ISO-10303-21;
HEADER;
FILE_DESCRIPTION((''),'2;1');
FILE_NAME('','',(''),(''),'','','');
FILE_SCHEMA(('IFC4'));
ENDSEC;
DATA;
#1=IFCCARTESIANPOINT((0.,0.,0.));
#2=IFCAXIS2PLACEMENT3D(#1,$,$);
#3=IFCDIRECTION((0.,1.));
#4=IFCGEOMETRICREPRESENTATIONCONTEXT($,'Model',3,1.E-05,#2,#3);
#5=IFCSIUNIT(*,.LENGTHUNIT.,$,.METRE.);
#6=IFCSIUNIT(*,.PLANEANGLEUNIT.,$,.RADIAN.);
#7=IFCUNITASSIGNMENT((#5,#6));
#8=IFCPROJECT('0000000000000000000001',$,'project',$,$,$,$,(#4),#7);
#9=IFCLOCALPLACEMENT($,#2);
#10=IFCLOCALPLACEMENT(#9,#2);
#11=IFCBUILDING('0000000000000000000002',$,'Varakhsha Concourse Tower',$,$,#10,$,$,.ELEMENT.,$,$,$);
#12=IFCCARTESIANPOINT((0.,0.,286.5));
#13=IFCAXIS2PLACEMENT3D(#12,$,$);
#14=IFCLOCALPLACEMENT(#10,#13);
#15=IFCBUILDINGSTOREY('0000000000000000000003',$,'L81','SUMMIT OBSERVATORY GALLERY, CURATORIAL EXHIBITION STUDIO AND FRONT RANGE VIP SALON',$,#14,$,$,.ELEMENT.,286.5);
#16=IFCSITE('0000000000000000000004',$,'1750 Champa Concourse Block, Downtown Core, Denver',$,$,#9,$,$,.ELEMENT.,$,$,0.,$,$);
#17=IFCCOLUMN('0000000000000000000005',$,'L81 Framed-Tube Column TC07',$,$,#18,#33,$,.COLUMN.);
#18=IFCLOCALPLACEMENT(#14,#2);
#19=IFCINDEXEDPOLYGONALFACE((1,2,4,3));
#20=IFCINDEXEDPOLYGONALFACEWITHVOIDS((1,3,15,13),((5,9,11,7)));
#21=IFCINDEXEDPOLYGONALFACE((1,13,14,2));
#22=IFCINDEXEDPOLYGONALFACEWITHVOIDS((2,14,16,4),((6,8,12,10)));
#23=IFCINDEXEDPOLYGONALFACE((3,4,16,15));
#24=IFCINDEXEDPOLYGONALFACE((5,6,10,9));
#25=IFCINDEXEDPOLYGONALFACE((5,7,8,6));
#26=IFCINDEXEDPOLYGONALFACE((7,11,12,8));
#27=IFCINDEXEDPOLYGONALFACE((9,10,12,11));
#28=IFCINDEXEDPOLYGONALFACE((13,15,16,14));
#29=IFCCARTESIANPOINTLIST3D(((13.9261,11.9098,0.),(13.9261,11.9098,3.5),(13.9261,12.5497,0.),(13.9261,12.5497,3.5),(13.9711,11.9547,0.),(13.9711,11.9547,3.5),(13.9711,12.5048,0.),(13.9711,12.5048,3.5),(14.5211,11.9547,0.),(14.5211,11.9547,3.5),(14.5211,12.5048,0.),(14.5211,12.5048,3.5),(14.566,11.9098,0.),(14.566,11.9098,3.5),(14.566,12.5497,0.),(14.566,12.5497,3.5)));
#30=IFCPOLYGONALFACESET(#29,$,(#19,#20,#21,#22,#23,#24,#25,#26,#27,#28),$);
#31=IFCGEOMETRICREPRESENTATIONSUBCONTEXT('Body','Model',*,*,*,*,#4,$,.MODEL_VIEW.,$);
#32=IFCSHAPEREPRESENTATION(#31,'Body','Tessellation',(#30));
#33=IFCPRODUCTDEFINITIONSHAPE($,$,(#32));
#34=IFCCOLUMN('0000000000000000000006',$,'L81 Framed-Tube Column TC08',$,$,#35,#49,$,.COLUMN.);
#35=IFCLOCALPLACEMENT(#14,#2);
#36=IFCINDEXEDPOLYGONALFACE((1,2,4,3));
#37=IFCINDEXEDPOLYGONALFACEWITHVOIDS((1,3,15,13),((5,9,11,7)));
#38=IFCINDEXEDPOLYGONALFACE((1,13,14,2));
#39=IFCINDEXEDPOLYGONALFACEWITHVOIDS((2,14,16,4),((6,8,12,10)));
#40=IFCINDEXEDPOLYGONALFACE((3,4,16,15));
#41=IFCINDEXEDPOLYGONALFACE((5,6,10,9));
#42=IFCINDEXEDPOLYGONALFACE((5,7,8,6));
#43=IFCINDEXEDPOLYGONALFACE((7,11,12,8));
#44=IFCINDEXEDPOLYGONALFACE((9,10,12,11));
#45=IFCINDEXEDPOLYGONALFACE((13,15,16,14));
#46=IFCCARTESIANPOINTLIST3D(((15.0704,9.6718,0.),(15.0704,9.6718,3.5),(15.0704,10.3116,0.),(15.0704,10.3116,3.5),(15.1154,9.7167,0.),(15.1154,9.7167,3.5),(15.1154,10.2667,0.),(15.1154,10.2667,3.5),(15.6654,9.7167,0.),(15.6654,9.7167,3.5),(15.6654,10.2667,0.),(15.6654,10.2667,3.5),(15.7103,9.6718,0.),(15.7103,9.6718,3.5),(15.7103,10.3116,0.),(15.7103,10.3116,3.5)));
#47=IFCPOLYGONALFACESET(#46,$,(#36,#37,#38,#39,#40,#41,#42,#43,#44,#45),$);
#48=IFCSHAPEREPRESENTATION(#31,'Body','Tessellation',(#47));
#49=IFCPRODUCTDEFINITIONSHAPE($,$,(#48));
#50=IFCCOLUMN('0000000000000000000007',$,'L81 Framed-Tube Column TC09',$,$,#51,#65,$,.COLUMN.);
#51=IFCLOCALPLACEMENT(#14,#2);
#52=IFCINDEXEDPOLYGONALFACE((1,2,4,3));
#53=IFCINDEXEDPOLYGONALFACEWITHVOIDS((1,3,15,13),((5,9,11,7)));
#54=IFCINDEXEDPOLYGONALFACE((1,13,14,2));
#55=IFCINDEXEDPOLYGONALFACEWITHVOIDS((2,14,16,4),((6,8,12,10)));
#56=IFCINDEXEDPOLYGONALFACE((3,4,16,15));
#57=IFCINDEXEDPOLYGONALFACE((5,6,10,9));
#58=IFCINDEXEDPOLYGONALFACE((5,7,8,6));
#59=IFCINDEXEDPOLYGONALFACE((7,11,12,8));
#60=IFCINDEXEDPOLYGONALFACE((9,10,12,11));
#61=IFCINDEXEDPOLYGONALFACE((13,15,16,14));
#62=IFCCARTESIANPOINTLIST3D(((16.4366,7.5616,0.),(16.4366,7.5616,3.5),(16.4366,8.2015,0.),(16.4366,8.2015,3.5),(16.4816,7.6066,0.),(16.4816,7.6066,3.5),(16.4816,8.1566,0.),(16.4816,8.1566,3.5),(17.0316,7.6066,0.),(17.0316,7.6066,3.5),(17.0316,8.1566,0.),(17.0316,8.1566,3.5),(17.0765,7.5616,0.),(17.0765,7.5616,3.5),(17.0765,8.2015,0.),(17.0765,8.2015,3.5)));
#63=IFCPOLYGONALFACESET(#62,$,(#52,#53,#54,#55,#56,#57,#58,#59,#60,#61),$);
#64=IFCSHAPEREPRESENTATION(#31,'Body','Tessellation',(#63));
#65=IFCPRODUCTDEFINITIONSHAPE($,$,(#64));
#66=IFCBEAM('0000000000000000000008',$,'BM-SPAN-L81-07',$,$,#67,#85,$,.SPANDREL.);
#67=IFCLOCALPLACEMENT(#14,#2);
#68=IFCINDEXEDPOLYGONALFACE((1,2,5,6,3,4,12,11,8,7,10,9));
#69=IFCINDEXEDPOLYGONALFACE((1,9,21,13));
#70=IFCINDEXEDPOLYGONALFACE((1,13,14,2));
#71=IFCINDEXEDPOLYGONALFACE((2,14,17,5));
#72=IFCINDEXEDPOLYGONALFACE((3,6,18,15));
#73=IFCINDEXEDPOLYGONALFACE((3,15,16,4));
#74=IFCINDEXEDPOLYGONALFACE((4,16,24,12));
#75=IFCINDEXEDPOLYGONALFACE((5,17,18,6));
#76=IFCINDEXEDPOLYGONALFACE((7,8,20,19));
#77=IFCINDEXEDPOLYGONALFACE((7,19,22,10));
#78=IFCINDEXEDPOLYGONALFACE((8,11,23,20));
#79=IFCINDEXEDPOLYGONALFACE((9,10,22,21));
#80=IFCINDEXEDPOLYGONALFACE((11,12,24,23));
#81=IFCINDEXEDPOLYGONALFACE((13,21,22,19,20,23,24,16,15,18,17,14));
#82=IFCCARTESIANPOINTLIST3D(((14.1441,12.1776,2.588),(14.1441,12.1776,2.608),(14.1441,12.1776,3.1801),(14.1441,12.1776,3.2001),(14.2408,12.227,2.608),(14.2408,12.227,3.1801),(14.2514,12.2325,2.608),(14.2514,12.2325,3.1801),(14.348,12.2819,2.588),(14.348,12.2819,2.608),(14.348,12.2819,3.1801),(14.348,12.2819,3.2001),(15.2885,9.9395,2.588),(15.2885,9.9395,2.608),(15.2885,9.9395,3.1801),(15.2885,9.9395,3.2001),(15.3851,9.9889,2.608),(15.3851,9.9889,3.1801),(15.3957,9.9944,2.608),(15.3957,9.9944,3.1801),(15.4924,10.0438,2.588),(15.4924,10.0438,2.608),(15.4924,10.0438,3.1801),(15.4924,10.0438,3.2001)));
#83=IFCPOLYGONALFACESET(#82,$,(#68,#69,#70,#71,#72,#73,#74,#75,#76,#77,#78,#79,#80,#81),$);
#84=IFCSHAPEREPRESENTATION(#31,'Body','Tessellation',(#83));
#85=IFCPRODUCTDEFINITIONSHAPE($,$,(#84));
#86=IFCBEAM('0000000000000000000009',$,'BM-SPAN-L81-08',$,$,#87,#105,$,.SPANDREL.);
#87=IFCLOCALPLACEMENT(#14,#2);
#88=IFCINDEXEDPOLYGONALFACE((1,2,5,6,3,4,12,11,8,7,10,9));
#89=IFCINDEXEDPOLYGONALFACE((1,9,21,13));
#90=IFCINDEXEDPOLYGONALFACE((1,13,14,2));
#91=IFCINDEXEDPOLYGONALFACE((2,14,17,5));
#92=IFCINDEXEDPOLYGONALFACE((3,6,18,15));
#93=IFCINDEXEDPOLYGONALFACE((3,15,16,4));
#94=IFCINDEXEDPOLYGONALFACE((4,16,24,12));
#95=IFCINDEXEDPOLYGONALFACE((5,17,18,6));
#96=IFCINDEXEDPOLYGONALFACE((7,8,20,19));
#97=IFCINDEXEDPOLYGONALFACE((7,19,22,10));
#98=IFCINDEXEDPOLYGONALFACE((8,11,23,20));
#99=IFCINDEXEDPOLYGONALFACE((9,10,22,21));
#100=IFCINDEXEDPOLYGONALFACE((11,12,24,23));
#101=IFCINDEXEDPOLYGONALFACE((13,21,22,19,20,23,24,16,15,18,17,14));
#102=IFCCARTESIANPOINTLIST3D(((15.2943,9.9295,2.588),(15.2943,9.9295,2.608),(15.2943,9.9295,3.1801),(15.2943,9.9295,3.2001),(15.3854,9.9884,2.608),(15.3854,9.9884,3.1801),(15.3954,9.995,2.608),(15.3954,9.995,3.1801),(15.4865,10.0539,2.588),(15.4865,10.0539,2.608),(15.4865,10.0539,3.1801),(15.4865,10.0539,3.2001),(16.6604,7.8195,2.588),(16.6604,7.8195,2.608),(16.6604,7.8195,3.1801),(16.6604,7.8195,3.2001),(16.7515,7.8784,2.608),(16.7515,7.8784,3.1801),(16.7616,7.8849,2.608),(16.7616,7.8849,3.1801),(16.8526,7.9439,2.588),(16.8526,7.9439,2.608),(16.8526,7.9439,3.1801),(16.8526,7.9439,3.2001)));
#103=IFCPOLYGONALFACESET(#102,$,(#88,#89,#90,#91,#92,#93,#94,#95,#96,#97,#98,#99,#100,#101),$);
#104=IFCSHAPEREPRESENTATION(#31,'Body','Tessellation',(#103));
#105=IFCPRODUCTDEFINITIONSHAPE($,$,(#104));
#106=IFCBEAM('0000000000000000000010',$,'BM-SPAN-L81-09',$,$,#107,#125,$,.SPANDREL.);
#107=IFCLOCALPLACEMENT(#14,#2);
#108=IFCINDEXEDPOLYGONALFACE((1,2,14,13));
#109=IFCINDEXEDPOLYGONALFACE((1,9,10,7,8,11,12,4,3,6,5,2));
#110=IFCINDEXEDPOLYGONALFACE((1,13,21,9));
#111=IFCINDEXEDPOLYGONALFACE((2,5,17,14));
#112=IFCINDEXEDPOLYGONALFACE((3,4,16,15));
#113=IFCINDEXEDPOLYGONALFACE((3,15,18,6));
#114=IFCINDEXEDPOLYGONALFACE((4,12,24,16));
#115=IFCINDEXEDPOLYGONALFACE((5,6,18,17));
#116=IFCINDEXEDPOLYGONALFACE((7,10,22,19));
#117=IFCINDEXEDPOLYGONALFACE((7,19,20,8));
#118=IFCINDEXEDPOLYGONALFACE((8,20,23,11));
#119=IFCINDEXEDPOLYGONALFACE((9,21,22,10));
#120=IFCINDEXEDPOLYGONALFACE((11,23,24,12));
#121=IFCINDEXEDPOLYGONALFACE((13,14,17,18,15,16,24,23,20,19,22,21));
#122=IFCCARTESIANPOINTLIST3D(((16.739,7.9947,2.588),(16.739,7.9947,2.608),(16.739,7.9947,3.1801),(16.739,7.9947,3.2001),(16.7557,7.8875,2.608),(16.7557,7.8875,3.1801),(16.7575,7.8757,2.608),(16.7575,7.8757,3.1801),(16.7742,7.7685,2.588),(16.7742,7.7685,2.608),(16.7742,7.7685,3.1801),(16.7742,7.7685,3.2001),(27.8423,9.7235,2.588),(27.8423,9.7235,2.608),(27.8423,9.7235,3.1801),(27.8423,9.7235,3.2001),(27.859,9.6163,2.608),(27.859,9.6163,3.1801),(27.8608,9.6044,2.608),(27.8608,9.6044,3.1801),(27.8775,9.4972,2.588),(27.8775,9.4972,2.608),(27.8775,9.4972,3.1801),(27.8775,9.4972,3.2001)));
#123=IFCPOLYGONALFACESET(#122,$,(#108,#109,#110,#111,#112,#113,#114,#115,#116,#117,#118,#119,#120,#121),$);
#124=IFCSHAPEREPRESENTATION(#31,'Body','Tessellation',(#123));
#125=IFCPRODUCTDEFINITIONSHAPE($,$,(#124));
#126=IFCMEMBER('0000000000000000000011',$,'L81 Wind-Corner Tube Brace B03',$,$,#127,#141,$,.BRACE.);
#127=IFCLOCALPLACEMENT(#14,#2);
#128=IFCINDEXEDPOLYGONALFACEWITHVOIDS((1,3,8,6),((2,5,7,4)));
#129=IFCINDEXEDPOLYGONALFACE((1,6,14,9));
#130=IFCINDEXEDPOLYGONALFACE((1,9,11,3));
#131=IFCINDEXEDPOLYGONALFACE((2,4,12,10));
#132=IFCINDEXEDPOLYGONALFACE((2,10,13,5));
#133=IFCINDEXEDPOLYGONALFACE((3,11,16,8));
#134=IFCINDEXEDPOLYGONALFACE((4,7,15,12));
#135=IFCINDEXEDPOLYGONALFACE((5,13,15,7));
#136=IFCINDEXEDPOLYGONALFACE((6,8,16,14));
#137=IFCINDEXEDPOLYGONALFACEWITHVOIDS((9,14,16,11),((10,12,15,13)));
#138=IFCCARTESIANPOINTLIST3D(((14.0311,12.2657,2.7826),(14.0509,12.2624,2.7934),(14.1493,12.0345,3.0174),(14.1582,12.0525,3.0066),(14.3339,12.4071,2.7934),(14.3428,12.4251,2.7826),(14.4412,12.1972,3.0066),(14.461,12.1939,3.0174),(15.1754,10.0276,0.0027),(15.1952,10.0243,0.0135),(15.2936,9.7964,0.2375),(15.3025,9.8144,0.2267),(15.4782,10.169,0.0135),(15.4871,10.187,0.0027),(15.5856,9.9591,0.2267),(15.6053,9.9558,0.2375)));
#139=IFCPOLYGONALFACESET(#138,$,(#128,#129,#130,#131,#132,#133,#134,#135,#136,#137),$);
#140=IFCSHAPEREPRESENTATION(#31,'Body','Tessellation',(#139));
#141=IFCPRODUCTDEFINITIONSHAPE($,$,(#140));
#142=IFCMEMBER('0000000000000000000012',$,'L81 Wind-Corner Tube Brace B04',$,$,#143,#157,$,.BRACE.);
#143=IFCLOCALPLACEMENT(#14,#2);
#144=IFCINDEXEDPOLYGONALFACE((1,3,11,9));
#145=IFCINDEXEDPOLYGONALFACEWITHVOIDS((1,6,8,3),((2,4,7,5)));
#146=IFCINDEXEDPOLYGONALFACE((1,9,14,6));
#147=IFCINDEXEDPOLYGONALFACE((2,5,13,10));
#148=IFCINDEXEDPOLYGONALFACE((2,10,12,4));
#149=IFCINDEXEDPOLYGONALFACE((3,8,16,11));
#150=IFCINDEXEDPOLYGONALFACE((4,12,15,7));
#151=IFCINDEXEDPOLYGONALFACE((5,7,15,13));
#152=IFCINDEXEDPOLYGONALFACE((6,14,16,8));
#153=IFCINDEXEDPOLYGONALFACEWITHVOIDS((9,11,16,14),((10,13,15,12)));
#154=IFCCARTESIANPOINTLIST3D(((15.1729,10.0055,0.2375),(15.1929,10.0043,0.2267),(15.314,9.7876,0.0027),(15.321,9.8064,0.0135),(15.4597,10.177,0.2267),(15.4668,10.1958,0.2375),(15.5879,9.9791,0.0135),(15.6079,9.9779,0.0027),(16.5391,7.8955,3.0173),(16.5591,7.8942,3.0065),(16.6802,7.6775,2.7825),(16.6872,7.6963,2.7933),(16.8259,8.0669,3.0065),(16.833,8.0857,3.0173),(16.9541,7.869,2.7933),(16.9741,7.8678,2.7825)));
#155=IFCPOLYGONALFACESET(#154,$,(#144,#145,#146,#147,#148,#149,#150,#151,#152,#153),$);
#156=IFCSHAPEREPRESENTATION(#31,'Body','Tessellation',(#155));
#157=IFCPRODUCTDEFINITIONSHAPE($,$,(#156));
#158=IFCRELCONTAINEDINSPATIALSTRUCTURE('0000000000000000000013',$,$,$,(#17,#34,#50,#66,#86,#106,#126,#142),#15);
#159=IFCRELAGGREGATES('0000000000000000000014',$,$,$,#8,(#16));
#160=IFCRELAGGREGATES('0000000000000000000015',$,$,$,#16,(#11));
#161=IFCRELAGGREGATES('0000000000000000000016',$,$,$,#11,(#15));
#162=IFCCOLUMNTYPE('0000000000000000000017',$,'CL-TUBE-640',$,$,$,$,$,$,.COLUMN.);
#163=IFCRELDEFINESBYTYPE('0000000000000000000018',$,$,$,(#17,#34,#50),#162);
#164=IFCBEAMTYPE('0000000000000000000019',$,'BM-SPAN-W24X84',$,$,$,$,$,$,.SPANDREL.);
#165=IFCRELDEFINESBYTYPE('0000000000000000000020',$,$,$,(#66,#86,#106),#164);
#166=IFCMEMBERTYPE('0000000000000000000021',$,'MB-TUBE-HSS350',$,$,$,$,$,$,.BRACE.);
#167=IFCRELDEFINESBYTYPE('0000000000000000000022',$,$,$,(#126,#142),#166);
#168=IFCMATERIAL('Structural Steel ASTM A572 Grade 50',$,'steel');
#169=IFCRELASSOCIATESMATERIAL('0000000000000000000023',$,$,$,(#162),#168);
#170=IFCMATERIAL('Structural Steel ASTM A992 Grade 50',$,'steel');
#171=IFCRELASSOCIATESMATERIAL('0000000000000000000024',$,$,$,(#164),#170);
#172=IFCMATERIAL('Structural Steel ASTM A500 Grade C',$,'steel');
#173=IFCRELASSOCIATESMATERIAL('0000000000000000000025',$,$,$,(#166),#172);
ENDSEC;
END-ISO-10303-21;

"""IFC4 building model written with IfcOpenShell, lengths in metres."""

from ifc_helpers import new_model, si_unit, direction, frame, origin, origin_2d, place, context, subcontext, project, spatial, hollow_rectangle, i_section, extrude, source, transform, mapped, material, material_profile, profile_set, type_object, type_shapes, element, save


model = new_model("IFC4")

# Units and contexts
model_context = context("Model", 3, precision=1e-05, world=origin(), true_north=direction((0.0, 1.0)))
body_context = subcontext(model_context, "Body", "Model", "MODEL_VIEW")
ifc_project = project(units=[si_unit("LENGTHUNIT", "METRE"), si_unit("PLANEANGLEUNIT", "RADIAN")], contexts=[model_context])

# Site, building, storey
site_placement = place(None, origin())
site = spatial("IfcSite", under=ifc_project, at=site_placement, Name="1750 Champa Concourse Block, Downtown Core, Denver", CompositionType="ELEMENT", RefElevation=0.0)
building_placement = place(site_placement, origin())
building = spatial("IfcBuilding", under=site, at=building_placement, Name="Varakhsha Concourse Tower", CompositionType="ELEMENT")
storey_placement = place(building_placement, frame((0.0, 0.0, 286.5)))
storey = spatial("IfcBuildingStorey", under=building, at=storey_placement, Name="L81", Description="SUMMIT OBSERVATORY GALLERY, CURATORIAL EXHIBITION STUDIO AND FRONT RANGE VIP SALON", CompositionType="ELEMENT", Elevation=286.5)

# Columns
ifc_material_1 = material(Name="Structural Steel ASTM A572 Grade 50", Category="steel")
ifc_material_profile_1 = material_profile(ifc_material_1, hollow_rectangle(XDim=0.6399, YDim=0.6399, WallThickness=0.0449, at=origin_2d()), Name="BOX 640x640x45")
ifc_profile_set_1 = profile_set([ifc_material_profile_1], Name="Structural Steel ASTM A572 Grade 50")
column_type = type_object("IfcColumnType", Name="CL-TUBE-640", PredefinedType="COLUMN", material=ifc_profile_set_1)
for number, where, z_axis, x_axis, name in (
    (1, (14.2461, 12.2297, 0.0), (0.0, 0.0, 1.0), (1.0, 0.0, 0.0), "L81 Framed-Tube Column TC07"),
    (2, (15.3904, 9.9917, 0.0), (0.0, 0.0, 1.0), (1.0, 0.0, 0.0), "L81 Framed-Tube Column TC08"),
    (3, (16.7566, 7.8816, 0.0), (0.0, 0.0, 1.0), (1.0, 0.0, 0.0), "L81 Framed-Tube Column TC09"),
):
    element("IfcColumn", number, at=place(storey_placement, frame(where, z_axis=z_axis, x_axis=x_axis)), inside=storey, type_object=column_type, Name=name, PredefinedType="COLUMN", context=body_context, shape_type="SweptSolid", body=[
        extrude(hollow_rectangle(XDim=0.6399, YDim=0.6399, WallThickness=0.0449, at=origin_2d()), origin(), (0.0, 0.0, 1.0), 3.5),
    ])

# Beams
ifc_material_2 = material(Name="Structural Steel ASTM A992 Grade 50", Category="steel")
ifc_material_profile_2 = material_profile(ifc_material_2, i_section(OverallWidth=0.229, OverallDepth=0.6121, WebThickness=0.012, FlangeThickness=0.02, at=origin_2d()), Name="W24X84")
ifc_profile_set_2 = profile_set([ifc_material_profile_2], Name="Structural Steel ASTM A992 Grade 50")
beam_type = type_object("IfcBeamType", Name="BM-SPAN-W24X84", PredefinedType="SPANDREL", material=ifc_profile_set_2)
for number, where, z_axis, x_axis, name in (
    (4, (14.2461, 12.2297, 2.894), (0.455238, -0.89037, 0.0), (0.89037, 0.455238, 0.0), "BM-SPAN-L81-07"),
    (5, (15.3904, 9.9917, 2.894), (0.543489, -0.839416, 0.0), (0.839416, 0.543489, 0.0), "BM-SPAN-L81-08"),
):
    element("IfcBeam", number, at=place(storey_placement, frame(where, z_axis=z_axis, x_axis=x_axis)), inside=storey, type_object=beam_type, Name=name, PredefinedType="SPANDREL", context=body_context, shape_type="SweptSolid", body=[
        extrude(i_section(OverallWidth=0.229, OverallDepth=0.6121, WebThickness=0.012, FlangeThickness=0.02, at=origin_2d()), origin(), (0.0, 0.0, 1.0), 2.5137),
    ])
beam_placement = place(storey_placement, frame((16.7566, 7.8816, 2.894), z_axis=(0.988095, 0.153845, 0.0), x_axis=(-0.153845, 0.988095, 0.0)))
element("IfcBeam", 6, at=beam_placement, inside=storey, type_object=beam_type, Name="BM-SPAN-L81-09", PredefinedType="SPANDREL", context=body_context, shape_type="SweptSolid", body=[
    extrude(i_section(OverallWidth=0.229, OverallDepth=0.6121, WebThickness=0.012, FlangeThickness=0.02, at=origin_2d()), origin(), (0.0, 0.0, 1.0), 11.2371),
])

# Members
ifc_material_3 = material(Name="Structural Steel ASTM A500 Grade C", Category="steel")
ifc_material_profile_3 = material_profile(ifc_material_3, hollow_rectangle(XDim=0.3501, YDim=0.3501, WallThickness=0.0161, at=origin_2d()), Name="HSS 350x350x16")
ifc_profile_set_3 = profile_set([ifc_material_profile_3], Name="Structural Steel ASTM A500 Grade C")
member_type_1 = type_object("IfcMemberType", Name="MB-TUBE-HSS350", PredefinedType="BRACE", material=ifc_profile_set_3)
shared_shape_1 = source(origin(), body_context, "Body", "SweptSolid", [
    extrude(hollow_rectangle(XDim=0.3501, YDim=0.3501, WallThickness=0.0161, at=origin_2d()), origin(), (0.0, 0.0, 1.0), 3.7478),
])
type_shapes(member_type_1, [shared_shape_1])
for number, where, z_axis, x_axis, name in (
    (7, (15.3904, 9.9917, 0.1201), (-0.305329, 0.597173, 0.741727), (-0.89037, -0.455238, 0.0), "L81 Wind-Corner Tube Brace B03"),
    (8, (15.3904, 9.9917, 0.1201), (0.364533, -0.56302, 0.741704), (0.839416, 0.543489, 0.0), "L81 Wind-Corner Tube Brace B04"),
):
    element("IfcMember", number, at=place(storey_placement, frame(where, z_axis=z_axis, x_axis=x_axis)), inside=storey, type_object=member_type_1, Name=name, PredefinedType="BRACE", context=body_context, shape_type="MappedRepresentation", body=[
        mapped(shared_shape_1, transform((0.0, 0.0, 0.0), scale=1.0)),
    ])

save(model, "model.ifc")
